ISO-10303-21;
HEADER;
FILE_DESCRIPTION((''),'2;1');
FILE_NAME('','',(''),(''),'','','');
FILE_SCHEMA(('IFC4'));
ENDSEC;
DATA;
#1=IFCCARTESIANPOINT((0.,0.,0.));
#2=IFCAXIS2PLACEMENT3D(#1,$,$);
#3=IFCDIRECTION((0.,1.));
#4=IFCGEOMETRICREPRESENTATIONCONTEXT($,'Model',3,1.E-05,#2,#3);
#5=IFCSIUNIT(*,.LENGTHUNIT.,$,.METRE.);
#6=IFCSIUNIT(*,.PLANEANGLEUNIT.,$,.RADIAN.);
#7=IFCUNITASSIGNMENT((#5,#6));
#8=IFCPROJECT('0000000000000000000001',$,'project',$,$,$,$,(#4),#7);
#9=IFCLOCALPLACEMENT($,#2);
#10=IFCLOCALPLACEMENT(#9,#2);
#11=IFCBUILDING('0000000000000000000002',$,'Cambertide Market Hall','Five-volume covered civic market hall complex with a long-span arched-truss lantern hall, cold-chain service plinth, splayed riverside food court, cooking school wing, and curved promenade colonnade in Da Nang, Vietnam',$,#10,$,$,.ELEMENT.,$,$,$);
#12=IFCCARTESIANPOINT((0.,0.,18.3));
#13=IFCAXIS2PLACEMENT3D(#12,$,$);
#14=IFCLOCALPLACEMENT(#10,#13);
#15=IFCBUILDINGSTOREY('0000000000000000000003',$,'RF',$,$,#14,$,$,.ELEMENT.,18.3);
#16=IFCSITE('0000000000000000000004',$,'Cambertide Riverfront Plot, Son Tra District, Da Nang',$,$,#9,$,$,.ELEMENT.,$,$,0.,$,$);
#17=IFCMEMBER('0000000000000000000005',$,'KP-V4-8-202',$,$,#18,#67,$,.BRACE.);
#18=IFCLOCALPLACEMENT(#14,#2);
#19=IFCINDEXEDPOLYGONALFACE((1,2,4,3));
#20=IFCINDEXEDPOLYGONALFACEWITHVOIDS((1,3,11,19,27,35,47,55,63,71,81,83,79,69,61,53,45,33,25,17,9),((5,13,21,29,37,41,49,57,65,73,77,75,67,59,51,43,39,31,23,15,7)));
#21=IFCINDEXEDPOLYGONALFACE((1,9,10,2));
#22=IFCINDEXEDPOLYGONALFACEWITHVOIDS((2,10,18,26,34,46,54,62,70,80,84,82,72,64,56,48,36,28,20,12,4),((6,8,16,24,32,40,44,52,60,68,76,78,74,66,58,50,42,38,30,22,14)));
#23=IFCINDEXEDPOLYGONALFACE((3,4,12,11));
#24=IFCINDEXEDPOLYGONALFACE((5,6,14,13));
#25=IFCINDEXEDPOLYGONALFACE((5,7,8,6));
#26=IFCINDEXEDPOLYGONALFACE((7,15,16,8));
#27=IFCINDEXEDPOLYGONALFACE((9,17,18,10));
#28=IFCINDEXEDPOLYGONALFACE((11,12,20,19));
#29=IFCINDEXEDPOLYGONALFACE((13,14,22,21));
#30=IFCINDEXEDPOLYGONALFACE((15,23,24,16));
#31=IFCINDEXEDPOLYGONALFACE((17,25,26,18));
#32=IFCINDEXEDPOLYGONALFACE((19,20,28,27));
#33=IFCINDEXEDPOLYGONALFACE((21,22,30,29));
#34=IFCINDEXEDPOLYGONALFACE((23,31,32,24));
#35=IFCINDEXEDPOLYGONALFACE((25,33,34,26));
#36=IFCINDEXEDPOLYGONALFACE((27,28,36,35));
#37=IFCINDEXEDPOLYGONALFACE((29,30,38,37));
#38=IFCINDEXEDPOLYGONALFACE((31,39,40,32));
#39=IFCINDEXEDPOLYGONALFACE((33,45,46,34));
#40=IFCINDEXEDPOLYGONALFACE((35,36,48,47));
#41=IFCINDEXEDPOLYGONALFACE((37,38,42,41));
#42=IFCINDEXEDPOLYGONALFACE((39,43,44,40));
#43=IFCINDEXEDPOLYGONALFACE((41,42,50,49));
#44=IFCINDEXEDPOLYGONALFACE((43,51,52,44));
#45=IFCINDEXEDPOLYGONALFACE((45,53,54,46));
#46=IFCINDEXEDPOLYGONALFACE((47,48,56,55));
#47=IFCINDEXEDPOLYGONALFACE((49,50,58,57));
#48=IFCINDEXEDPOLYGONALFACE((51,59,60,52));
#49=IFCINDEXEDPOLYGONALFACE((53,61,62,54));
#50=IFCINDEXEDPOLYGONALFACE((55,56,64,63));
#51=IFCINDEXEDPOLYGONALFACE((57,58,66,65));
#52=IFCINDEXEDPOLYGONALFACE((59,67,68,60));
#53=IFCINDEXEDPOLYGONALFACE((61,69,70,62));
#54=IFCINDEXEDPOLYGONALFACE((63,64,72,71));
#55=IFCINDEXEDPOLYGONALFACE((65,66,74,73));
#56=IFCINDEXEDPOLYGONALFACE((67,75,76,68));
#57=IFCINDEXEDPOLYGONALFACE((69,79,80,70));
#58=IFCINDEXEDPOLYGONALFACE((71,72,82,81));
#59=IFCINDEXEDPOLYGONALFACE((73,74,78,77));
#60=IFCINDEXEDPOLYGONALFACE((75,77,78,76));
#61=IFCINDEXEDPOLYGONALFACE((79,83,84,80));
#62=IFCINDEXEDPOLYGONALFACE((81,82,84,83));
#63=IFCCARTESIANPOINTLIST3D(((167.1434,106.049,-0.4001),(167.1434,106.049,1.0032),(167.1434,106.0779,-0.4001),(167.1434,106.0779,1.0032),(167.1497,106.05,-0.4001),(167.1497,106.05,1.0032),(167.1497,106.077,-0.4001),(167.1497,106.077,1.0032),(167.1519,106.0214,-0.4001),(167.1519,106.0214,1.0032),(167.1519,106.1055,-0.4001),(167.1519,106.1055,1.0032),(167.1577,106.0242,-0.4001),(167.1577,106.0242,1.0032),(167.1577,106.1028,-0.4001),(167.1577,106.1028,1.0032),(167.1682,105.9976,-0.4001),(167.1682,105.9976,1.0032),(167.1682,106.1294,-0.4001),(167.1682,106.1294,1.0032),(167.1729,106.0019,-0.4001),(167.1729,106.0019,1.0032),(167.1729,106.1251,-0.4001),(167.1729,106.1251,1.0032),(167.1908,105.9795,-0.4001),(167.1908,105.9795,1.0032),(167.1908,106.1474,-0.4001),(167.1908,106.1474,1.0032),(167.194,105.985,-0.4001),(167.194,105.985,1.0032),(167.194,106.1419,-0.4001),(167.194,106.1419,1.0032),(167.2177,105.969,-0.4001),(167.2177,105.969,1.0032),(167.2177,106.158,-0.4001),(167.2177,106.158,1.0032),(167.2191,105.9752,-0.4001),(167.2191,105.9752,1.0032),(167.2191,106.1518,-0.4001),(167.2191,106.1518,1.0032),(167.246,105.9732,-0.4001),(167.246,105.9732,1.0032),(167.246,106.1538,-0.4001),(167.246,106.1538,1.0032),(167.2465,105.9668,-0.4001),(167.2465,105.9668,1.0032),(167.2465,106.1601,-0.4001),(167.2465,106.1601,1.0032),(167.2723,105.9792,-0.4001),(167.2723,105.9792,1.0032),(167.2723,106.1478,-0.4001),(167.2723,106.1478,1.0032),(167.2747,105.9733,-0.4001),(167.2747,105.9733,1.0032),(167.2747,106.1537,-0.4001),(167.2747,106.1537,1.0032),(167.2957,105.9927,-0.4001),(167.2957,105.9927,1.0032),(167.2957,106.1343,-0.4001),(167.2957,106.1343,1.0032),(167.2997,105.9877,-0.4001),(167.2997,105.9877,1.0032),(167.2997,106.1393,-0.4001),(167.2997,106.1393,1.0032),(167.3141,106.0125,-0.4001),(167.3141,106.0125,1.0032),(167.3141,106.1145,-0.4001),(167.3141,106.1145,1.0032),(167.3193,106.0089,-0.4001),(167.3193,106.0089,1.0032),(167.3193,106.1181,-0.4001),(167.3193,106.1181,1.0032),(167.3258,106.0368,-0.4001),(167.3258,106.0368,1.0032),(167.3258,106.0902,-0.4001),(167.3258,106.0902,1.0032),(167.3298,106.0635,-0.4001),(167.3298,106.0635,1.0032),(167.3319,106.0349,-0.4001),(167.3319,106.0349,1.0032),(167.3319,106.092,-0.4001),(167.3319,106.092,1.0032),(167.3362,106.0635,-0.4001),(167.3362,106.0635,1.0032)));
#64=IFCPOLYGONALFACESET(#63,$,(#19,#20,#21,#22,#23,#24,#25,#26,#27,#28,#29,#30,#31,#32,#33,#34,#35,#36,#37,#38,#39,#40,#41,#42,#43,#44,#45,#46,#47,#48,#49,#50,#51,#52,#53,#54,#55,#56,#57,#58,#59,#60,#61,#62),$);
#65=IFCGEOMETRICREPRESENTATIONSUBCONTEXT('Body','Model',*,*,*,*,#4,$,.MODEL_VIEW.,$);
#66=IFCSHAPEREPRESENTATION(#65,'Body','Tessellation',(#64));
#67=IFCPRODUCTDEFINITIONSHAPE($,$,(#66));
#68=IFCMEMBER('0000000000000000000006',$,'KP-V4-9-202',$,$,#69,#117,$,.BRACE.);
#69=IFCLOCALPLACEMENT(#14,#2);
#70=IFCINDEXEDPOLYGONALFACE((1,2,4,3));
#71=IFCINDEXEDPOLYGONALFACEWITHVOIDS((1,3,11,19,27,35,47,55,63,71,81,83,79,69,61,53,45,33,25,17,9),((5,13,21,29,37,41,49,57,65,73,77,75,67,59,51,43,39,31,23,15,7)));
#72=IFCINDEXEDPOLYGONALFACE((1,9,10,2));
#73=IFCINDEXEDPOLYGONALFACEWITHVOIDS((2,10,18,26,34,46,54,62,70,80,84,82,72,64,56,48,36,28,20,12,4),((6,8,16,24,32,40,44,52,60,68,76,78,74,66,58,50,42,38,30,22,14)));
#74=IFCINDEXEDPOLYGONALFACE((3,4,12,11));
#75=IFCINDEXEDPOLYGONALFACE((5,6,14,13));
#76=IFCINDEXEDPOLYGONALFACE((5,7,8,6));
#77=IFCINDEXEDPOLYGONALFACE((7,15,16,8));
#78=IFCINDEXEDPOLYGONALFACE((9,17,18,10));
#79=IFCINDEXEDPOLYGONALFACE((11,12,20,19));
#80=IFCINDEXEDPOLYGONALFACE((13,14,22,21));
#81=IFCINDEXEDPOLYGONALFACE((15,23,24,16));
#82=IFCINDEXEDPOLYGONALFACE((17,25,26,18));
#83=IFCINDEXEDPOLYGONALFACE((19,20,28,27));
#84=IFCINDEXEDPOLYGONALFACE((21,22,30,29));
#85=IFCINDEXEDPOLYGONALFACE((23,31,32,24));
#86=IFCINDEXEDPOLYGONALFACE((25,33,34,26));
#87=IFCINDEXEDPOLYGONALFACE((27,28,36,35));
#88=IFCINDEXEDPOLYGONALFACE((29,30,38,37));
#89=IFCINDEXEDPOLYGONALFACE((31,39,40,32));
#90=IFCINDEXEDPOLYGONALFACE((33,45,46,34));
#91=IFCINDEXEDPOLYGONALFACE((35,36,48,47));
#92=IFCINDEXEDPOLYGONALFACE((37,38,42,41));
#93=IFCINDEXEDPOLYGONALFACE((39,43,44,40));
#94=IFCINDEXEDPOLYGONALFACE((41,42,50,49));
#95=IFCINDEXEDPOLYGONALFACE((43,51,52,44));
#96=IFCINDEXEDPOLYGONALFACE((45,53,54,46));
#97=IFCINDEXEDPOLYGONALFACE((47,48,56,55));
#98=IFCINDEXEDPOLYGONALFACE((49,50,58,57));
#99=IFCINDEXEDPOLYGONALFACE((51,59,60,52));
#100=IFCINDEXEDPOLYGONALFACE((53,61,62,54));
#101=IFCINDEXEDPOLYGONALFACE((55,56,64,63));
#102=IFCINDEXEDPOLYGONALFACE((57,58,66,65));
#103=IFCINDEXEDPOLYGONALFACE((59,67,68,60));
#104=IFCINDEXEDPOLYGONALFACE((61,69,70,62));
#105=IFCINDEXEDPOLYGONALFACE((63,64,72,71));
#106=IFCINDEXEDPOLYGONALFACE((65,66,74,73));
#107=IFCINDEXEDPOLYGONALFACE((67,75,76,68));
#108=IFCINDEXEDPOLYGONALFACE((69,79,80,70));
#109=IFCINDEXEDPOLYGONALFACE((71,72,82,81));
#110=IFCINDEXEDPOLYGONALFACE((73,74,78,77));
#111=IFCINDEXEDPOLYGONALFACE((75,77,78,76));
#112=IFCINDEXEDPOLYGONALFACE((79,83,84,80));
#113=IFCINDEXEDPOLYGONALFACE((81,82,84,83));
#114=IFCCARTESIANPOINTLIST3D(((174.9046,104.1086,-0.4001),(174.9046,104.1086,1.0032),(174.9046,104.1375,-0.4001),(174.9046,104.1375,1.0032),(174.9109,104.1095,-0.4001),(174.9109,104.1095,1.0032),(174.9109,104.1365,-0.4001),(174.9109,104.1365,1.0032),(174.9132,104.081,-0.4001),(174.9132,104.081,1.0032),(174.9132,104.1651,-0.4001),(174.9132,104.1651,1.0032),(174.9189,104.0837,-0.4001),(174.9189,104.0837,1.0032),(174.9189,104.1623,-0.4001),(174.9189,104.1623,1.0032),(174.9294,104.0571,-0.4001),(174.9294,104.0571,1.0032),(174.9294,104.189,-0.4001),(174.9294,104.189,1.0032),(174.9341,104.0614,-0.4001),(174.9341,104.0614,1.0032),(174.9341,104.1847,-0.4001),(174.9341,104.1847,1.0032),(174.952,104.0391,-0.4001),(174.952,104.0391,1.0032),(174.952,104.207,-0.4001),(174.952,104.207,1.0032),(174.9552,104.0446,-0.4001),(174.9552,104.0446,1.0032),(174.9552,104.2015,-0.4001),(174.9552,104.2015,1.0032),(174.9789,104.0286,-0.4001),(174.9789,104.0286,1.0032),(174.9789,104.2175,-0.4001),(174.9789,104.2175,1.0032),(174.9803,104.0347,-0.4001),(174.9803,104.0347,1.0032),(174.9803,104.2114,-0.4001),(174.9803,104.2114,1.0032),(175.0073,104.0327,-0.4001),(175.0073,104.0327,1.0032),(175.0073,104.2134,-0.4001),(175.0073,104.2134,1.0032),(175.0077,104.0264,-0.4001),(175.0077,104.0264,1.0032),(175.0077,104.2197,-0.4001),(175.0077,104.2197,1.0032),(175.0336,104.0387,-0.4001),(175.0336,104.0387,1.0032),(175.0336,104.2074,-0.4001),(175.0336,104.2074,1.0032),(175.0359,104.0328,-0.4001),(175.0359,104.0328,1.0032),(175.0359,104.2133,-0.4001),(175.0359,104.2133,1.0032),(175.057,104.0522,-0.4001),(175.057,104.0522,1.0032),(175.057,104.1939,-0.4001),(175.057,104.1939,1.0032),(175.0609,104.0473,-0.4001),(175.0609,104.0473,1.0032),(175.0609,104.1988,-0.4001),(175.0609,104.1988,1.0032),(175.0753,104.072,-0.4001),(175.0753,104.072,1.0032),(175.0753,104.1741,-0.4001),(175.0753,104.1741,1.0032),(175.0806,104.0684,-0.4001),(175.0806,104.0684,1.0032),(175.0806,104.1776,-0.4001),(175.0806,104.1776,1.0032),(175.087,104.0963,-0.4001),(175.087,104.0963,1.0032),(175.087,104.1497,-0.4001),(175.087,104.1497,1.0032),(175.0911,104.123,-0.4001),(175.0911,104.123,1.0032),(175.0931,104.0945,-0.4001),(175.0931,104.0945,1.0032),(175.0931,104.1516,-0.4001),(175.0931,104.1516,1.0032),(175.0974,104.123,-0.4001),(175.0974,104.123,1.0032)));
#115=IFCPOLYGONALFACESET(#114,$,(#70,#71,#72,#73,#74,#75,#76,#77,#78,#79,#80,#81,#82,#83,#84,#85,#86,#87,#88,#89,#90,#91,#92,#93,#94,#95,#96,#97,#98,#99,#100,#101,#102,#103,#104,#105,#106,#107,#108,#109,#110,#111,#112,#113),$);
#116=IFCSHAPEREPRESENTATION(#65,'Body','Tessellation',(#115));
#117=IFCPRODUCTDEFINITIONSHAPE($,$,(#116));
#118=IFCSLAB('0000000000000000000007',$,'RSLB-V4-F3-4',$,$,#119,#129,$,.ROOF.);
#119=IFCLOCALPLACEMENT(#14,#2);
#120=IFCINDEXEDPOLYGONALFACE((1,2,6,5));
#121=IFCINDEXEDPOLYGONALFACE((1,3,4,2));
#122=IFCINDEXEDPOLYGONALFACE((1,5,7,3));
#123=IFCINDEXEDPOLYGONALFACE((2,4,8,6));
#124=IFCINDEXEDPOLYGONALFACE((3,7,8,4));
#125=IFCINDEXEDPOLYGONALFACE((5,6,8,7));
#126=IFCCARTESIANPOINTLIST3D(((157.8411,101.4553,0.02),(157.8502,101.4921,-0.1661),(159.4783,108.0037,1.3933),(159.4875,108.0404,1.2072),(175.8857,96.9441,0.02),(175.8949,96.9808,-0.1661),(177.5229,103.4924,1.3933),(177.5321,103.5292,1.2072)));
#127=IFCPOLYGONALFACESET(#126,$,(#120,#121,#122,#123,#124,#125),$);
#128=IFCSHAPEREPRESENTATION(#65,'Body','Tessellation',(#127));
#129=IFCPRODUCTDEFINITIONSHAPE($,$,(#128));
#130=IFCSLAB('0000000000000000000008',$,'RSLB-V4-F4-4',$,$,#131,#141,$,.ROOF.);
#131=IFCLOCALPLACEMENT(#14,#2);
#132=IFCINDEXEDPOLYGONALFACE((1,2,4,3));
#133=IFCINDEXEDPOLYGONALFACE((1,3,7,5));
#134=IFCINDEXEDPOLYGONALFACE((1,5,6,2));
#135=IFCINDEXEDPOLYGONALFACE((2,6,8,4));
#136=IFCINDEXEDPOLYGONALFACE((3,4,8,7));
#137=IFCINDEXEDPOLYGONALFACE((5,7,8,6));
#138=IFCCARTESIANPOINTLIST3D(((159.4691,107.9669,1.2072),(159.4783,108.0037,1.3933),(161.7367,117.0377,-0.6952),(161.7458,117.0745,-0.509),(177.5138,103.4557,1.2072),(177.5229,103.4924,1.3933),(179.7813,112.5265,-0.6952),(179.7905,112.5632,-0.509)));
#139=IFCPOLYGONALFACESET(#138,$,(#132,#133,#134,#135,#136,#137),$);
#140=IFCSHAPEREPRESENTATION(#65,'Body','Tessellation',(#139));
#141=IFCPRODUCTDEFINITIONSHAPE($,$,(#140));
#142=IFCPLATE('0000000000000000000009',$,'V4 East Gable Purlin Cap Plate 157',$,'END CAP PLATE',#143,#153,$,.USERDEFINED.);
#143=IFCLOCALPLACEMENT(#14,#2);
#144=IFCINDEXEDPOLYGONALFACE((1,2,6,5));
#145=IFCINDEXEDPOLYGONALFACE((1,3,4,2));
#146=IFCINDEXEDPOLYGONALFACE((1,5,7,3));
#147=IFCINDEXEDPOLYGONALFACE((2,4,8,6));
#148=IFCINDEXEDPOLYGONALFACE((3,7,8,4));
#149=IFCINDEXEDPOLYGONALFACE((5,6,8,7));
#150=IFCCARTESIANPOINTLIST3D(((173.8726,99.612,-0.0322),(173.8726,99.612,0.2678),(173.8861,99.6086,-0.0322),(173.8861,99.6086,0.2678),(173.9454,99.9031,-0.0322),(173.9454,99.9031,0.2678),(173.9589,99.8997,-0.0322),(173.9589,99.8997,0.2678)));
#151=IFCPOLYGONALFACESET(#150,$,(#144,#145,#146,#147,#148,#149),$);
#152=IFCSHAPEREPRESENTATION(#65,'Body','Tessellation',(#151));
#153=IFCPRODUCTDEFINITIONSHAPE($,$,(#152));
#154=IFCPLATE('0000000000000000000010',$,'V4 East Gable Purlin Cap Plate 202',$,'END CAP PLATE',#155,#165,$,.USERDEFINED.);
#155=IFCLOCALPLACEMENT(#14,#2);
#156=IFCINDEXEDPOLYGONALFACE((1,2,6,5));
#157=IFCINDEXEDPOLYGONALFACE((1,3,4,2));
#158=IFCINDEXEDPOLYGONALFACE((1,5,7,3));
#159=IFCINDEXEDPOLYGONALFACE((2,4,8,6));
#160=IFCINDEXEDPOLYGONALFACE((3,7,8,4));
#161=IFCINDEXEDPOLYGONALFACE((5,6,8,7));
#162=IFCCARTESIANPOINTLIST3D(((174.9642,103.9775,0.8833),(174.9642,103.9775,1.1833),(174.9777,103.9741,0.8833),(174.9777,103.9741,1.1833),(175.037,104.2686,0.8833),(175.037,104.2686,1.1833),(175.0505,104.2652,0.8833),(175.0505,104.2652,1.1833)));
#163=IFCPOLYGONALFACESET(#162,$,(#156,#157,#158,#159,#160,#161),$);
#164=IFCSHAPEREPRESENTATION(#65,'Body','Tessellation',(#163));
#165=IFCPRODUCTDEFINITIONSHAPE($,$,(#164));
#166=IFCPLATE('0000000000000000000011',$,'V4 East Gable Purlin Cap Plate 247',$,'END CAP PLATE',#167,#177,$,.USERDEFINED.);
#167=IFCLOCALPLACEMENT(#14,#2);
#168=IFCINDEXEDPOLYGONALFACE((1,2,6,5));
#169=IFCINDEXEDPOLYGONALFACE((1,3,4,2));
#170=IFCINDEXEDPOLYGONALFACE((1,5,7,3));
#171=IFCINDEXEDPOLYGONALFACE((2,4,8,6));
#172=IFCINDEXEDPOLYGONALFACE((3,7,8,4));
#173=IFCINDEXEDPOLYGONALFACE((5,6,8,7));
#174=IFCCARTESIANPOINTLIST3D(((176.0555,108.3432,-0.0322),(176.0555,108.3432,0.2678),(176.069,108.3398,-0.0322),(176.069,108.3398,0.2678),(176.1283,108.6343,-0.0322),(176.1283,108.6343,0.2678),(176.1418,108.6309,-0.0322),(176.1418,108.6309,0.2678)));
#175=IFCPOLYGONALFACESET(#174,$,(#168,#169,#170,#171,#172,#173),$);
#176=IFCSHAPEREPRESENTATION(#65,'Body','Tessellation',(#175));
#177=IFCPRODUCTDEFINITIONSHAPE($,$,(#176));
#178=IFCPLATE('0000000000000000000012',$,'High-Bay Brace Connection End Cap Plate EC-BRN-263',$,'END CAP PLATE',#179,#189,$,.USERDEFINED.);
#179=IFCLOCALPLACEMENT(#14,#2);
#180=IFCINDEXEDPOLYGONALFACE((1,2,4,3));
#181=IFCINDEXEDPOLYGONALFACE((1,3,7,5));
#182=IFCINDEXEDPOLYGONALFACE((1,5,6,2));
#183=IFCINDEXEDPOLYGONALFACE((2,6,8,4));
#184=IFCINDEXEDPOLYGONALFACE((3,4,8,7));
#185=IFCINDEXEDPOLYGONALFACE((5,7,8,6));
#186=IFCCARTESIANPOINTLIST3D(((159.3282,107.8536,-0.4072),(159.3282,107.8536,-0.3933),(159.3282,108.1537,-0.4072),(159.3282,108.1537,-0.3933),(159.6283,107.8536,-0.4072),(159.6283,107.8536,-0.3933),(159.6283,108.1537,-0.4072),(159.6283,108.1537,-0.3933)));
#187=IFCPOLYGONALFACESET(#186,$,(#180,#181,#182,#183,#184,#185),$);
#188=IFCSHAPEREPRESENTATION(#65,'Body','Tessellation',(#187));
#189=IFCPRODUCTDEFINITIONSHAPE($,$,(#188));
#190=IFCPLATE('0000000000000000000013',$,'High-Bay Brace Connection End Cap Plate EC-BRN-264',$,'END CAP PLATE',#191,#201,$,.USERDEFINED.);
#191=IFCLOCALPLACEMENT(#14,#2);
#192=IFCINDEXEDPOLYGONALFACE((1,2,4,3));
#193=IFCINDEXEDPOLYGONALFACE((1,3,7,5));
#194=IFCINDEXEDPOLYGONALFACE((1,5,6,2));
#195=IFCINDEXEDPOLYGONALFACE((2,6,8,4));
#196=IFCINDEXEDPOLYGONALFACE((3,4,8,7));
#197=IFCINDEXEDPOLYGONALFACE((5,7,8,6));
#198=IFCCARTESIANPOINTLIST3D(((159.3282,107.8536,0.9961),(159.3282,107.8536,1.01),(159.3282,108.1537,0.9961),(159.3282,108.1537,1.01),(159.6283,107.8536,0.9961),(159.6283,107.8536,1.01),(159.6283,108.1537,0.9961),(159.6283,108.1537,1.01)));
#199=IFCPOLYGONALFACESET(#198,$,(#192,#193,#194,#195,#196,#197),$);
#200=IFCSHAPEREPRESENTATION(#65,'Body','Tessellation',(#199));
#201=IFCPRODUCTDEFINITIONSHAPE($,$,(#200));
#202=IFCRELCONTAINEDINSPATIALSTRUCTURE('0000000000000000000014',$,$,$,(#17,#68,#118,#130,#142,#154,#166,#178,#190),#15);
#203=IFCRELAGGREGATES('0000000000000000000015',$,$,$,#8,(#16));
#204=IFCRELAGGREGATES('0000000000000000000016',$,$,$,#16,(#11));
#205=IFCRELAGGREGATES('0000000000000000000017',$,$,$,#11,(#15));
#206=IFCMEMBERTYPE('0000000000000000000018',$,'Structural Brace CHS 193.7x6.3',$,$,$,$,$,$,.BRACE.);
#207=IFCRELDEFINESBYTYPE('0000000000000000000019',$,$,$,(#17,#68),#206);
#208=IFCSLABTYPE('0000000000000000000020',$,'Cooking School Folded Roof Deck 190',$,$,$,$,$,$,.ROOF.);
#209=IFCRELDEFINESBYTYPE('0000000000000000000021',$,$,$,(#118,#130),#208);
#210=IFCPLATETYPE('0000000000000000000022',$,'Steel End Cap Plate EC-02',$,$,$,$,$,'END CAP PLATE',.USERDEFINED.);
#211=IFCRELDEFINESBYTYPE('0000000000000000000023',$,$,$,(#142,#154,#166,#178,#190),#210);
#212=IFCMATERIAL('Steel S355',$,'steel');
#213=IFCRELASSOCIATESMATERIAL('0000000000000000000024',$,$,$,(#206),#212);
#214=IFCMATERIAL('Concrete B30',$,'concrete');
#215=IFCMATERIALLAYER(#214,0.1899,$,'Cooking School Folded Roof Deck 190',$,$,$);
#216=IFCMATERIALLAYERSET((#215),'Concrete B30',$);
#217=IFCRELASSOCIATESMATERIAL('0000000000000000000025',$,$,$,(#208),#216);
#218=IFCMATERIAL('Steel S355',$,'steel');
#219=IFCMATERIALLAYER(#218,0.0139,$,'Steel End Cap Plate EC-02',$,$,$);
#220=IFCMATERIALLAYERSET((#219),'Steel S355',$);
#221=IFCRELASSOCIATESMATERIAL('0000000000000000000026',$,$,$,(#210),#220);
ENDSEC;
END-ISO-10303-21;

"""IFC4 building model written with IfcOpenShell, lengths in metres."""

from ifc_helpers import new_model, si_unit, direction, frame, origin, origin_2d, place, context, subcontext, project, spatial, polyline, rectangle, hollow_circle, outline, extrude, material, layer, layer_set, material_profile, profile_set, type_object, element, save


model = new_model("IFC4")

# Units and contexts
model_context = context("Model", 3, precision=1e-05, world=origin(), true_north=direction((0.0, 1.0)))
body_context = subcontext(model_context, "Body", "Model", "MODEL_VIEW")
ifc_project = project(units=[si_unit("LENGTHUNIT", "METRE"), si_unit("PLANEANGLEUNIT", "RADIAN")], contexts=[model_context])

# Site, building, storey
site_placement = place(None, origin())
site = spatial("IfcSite", under=ifc_project, at=site_placement, Name="Cambertide Riverfront Plot, Son Tra District, Da Nang", CompositionType="ELEMENT", RefElevation=0.0)
building_placement = place(site_placement, origin())
building = spatial("IfcBuilding", under=site, at=building_placement, Name="Cambertide Market Hall", Description="Five-volume covered civic market hall complex with a long-span arched-truss lantern hall, cold-chain service plinth, splayed riverside food court, cooking school wing, and curved promenade colonnade in Da Nang, Vietnam", CompositionType="ELEMENT")
storey_placement = place(building_placement, frame((0.0, 0.0, 18.3)))
storey = spatial("IfcBuildingStorey", under=building, at=storey_placement, Name="RF", CompositionType="ELEMENT", Elevation=18.3)

# Members
ifc_material_1 = material(Name="Steel S355", Category="steel")
ifc_material_profile_1 = material_profile(ifc_material_1, hollow_circle(Radius=0.0969, WallThickness=0.0063, at=origin_2d()), Name="CHS 193.7x6.3")
ifc_profile_set_1 = profile_set([ifc_material_profile_1], Name="Steel S355")
member_type_1 = type_object("IfcMemberType", Name="Structural Brace CHS 193.7x6.3", PredefinedType="BRACE", material=ifc_profile_set_1)
for number, where, z_axis, x_axis, name in (
    (1, (167.2393, 106.0635, -0.4001), (0.0, 0.0, 1.0), (1.0, 0.0, 0.0), "KP-V4-8-202"),
    (2, (175.0005, 104.123, -0.4001), (0.0, 0.0, 1.0), (1.0, 0.0, 0.0), "KP-V4-9-202"),
):
    element("IfcMember", number, at=place(storey_placement, frame(where, z_axis=z_axis, x_axis=x_axis)), inside=storey, type_object=member_type_1, Name=name, PredefinedType="BRACE", context=body_context, shape_type="SweptSolid", body=[
        extrude(hollow_circle(Radius=0.0969, WallThickness=0.0063, at=origin_2d()), origin(), (0.0, 0.0, 1.0), 1.4033),
    ])

# Slabs
ifc_material_2 = material(Name="Concrete B30", Category="concrete")
ifc_layer_1 = layer(ifc_material_2, 0.1899, Name="Cooking School Folded Roof Deck 190")
ifc_layer_set_1 = layer_set([ifc_layer_1], Name="Concrete B30")
slab_type = type_object("IfcSlabType", Name="Cooking School Folded Roof Deck 190", PredefinedType="ROOF", material=ifc_layer_set_1)
slab_1_placement = place(storey_placement, frame((157.8411, 101.4553, 0.02), z_axis=(-0.048355, -0.193416, 0.979924), x_axis=(0.970142, -0.242539, 0.0)))
element("IfcSlab", 3, at=slab_1_placement, inside=storey, type_object=slab_type, Name="RSLB-V4-F3-4", PredefinedType="ROOF", context=body_context, shape_type="SweptSolid", body=[
    extrude(outline(polyline([(0.0, 0.0), (18.6, 0.0), (18.6001, 6.8882), (0.0001, 6.8882), (0.0, 0.0)])), origin(), (0.0, 0.0, -1.0), 0.1899),
])
slab_2_placement = place(storey_placement, frame((159.4783, 108.0037, 1.3933), z_axis=(0.048356, 0.193423, 0.979923), x_axis=(0.970142, -0.242539, 0.0)))
element("IfcSlab", 4, at=slab_2_placement, inside=storey, type_object=slab_type, Name="RSLB-V4-F4-4", PredefinedType="ROOF", context=body_context, shape_type="SweptSolid", body=[
    extrude(outline(polyline([(0.0, 0.0), (18.6, 0.0), (18.5999, 9.5415), (-0.0001, 9.5415), (0.0, 0.0)])), origin(), (0.0, 0.0, -1.0), 0.1899),
])

# Plates
ifc_material_3 = material(Name="Steel S355", Category="steel")
ifc_layer_2 = layer(ifc_material_3, 0.0139, Name="Steel End Cap Plate EC-02")
ifc_layer_set_2 = layer_set([ifc_layer_2], Name="Steel S355")
plate_type = type_object("IfcPlateType", Name="Steel End Cap Plate EC-02", ElementType="END CAP PLATE", PredefinedType="USERDEFINED", material=ifc_layer_set_2)
for number, where, z_axis, x_axis, name in (
    (5, (173.9158, 99.7559, -0.0322), (0.0, 0.0, 1.0), (0.970143, -0.242536, 0.0), "V4 East Gable Purlin Cap Plate 157"),
    (6, (175.0073, 104.1213, 0.8833), (0.0, 0.0, 1.0), (0.970143, -0.242536, 0.0), "V4 East Gable Purlin Cap Plate 202"),
    (7, (176.0986, 108.4871, -0.0322), (0.0, 0.0, 1.0), (0.970143, -0.242536, 0.0), "V4 East Gable Purlin Cap Plate 247"),
):
    element("IfcPlate", number, at=place(storey_placement, frame(where, z_axis=z_axis, x_axis=x_axis)), inside=storey, type_object=plate_type, Name=name, ObjectType="END CAP PLATE", PredefinedType="USERDEFINED", context=body_context, shape_type="SweptSolid", body=[
        extrude(rectangle(XDim=0.0139, YDim=0.3, at=origin_2d()), origin(), (0.0, 0.0, 1.0), 0.3),
    ])
for number, where, z_axis, x_axis, name in (
    (8, (159.4783, 108.0037, -0.4072), (0.0, 0.0, 1.0), (1.0, 0.0, 0.0), "High-Bay Brace Connection End Cap Plate EC-BRN-263"),
    (9, (159.4783, 108.0037, 0.9961), (0.0, 0.0, 1.0), (1.0, 0.0, 0.0), "High-Bay Brace Connection End Cap Plate EC-BRN-264"),
):
    element("IfcPlate", number, at=place(storey_placement, frame(where, z_axis=z_axis, x_axis=x_axis)), inside=storey, type_object=plate_type, Name=name, ObjectType="END CAP PLATE", PredefinedType="USERDEFINED", context=body_context, shape_type="SweptSolid", body=[
        extrude(rectangle(XDim=0.3, YDim=0.3, at=origin_2d()), origin(), (0.0, 0.0, 1.0), 0.0139),
    ])

save(model, "model.ifc")
